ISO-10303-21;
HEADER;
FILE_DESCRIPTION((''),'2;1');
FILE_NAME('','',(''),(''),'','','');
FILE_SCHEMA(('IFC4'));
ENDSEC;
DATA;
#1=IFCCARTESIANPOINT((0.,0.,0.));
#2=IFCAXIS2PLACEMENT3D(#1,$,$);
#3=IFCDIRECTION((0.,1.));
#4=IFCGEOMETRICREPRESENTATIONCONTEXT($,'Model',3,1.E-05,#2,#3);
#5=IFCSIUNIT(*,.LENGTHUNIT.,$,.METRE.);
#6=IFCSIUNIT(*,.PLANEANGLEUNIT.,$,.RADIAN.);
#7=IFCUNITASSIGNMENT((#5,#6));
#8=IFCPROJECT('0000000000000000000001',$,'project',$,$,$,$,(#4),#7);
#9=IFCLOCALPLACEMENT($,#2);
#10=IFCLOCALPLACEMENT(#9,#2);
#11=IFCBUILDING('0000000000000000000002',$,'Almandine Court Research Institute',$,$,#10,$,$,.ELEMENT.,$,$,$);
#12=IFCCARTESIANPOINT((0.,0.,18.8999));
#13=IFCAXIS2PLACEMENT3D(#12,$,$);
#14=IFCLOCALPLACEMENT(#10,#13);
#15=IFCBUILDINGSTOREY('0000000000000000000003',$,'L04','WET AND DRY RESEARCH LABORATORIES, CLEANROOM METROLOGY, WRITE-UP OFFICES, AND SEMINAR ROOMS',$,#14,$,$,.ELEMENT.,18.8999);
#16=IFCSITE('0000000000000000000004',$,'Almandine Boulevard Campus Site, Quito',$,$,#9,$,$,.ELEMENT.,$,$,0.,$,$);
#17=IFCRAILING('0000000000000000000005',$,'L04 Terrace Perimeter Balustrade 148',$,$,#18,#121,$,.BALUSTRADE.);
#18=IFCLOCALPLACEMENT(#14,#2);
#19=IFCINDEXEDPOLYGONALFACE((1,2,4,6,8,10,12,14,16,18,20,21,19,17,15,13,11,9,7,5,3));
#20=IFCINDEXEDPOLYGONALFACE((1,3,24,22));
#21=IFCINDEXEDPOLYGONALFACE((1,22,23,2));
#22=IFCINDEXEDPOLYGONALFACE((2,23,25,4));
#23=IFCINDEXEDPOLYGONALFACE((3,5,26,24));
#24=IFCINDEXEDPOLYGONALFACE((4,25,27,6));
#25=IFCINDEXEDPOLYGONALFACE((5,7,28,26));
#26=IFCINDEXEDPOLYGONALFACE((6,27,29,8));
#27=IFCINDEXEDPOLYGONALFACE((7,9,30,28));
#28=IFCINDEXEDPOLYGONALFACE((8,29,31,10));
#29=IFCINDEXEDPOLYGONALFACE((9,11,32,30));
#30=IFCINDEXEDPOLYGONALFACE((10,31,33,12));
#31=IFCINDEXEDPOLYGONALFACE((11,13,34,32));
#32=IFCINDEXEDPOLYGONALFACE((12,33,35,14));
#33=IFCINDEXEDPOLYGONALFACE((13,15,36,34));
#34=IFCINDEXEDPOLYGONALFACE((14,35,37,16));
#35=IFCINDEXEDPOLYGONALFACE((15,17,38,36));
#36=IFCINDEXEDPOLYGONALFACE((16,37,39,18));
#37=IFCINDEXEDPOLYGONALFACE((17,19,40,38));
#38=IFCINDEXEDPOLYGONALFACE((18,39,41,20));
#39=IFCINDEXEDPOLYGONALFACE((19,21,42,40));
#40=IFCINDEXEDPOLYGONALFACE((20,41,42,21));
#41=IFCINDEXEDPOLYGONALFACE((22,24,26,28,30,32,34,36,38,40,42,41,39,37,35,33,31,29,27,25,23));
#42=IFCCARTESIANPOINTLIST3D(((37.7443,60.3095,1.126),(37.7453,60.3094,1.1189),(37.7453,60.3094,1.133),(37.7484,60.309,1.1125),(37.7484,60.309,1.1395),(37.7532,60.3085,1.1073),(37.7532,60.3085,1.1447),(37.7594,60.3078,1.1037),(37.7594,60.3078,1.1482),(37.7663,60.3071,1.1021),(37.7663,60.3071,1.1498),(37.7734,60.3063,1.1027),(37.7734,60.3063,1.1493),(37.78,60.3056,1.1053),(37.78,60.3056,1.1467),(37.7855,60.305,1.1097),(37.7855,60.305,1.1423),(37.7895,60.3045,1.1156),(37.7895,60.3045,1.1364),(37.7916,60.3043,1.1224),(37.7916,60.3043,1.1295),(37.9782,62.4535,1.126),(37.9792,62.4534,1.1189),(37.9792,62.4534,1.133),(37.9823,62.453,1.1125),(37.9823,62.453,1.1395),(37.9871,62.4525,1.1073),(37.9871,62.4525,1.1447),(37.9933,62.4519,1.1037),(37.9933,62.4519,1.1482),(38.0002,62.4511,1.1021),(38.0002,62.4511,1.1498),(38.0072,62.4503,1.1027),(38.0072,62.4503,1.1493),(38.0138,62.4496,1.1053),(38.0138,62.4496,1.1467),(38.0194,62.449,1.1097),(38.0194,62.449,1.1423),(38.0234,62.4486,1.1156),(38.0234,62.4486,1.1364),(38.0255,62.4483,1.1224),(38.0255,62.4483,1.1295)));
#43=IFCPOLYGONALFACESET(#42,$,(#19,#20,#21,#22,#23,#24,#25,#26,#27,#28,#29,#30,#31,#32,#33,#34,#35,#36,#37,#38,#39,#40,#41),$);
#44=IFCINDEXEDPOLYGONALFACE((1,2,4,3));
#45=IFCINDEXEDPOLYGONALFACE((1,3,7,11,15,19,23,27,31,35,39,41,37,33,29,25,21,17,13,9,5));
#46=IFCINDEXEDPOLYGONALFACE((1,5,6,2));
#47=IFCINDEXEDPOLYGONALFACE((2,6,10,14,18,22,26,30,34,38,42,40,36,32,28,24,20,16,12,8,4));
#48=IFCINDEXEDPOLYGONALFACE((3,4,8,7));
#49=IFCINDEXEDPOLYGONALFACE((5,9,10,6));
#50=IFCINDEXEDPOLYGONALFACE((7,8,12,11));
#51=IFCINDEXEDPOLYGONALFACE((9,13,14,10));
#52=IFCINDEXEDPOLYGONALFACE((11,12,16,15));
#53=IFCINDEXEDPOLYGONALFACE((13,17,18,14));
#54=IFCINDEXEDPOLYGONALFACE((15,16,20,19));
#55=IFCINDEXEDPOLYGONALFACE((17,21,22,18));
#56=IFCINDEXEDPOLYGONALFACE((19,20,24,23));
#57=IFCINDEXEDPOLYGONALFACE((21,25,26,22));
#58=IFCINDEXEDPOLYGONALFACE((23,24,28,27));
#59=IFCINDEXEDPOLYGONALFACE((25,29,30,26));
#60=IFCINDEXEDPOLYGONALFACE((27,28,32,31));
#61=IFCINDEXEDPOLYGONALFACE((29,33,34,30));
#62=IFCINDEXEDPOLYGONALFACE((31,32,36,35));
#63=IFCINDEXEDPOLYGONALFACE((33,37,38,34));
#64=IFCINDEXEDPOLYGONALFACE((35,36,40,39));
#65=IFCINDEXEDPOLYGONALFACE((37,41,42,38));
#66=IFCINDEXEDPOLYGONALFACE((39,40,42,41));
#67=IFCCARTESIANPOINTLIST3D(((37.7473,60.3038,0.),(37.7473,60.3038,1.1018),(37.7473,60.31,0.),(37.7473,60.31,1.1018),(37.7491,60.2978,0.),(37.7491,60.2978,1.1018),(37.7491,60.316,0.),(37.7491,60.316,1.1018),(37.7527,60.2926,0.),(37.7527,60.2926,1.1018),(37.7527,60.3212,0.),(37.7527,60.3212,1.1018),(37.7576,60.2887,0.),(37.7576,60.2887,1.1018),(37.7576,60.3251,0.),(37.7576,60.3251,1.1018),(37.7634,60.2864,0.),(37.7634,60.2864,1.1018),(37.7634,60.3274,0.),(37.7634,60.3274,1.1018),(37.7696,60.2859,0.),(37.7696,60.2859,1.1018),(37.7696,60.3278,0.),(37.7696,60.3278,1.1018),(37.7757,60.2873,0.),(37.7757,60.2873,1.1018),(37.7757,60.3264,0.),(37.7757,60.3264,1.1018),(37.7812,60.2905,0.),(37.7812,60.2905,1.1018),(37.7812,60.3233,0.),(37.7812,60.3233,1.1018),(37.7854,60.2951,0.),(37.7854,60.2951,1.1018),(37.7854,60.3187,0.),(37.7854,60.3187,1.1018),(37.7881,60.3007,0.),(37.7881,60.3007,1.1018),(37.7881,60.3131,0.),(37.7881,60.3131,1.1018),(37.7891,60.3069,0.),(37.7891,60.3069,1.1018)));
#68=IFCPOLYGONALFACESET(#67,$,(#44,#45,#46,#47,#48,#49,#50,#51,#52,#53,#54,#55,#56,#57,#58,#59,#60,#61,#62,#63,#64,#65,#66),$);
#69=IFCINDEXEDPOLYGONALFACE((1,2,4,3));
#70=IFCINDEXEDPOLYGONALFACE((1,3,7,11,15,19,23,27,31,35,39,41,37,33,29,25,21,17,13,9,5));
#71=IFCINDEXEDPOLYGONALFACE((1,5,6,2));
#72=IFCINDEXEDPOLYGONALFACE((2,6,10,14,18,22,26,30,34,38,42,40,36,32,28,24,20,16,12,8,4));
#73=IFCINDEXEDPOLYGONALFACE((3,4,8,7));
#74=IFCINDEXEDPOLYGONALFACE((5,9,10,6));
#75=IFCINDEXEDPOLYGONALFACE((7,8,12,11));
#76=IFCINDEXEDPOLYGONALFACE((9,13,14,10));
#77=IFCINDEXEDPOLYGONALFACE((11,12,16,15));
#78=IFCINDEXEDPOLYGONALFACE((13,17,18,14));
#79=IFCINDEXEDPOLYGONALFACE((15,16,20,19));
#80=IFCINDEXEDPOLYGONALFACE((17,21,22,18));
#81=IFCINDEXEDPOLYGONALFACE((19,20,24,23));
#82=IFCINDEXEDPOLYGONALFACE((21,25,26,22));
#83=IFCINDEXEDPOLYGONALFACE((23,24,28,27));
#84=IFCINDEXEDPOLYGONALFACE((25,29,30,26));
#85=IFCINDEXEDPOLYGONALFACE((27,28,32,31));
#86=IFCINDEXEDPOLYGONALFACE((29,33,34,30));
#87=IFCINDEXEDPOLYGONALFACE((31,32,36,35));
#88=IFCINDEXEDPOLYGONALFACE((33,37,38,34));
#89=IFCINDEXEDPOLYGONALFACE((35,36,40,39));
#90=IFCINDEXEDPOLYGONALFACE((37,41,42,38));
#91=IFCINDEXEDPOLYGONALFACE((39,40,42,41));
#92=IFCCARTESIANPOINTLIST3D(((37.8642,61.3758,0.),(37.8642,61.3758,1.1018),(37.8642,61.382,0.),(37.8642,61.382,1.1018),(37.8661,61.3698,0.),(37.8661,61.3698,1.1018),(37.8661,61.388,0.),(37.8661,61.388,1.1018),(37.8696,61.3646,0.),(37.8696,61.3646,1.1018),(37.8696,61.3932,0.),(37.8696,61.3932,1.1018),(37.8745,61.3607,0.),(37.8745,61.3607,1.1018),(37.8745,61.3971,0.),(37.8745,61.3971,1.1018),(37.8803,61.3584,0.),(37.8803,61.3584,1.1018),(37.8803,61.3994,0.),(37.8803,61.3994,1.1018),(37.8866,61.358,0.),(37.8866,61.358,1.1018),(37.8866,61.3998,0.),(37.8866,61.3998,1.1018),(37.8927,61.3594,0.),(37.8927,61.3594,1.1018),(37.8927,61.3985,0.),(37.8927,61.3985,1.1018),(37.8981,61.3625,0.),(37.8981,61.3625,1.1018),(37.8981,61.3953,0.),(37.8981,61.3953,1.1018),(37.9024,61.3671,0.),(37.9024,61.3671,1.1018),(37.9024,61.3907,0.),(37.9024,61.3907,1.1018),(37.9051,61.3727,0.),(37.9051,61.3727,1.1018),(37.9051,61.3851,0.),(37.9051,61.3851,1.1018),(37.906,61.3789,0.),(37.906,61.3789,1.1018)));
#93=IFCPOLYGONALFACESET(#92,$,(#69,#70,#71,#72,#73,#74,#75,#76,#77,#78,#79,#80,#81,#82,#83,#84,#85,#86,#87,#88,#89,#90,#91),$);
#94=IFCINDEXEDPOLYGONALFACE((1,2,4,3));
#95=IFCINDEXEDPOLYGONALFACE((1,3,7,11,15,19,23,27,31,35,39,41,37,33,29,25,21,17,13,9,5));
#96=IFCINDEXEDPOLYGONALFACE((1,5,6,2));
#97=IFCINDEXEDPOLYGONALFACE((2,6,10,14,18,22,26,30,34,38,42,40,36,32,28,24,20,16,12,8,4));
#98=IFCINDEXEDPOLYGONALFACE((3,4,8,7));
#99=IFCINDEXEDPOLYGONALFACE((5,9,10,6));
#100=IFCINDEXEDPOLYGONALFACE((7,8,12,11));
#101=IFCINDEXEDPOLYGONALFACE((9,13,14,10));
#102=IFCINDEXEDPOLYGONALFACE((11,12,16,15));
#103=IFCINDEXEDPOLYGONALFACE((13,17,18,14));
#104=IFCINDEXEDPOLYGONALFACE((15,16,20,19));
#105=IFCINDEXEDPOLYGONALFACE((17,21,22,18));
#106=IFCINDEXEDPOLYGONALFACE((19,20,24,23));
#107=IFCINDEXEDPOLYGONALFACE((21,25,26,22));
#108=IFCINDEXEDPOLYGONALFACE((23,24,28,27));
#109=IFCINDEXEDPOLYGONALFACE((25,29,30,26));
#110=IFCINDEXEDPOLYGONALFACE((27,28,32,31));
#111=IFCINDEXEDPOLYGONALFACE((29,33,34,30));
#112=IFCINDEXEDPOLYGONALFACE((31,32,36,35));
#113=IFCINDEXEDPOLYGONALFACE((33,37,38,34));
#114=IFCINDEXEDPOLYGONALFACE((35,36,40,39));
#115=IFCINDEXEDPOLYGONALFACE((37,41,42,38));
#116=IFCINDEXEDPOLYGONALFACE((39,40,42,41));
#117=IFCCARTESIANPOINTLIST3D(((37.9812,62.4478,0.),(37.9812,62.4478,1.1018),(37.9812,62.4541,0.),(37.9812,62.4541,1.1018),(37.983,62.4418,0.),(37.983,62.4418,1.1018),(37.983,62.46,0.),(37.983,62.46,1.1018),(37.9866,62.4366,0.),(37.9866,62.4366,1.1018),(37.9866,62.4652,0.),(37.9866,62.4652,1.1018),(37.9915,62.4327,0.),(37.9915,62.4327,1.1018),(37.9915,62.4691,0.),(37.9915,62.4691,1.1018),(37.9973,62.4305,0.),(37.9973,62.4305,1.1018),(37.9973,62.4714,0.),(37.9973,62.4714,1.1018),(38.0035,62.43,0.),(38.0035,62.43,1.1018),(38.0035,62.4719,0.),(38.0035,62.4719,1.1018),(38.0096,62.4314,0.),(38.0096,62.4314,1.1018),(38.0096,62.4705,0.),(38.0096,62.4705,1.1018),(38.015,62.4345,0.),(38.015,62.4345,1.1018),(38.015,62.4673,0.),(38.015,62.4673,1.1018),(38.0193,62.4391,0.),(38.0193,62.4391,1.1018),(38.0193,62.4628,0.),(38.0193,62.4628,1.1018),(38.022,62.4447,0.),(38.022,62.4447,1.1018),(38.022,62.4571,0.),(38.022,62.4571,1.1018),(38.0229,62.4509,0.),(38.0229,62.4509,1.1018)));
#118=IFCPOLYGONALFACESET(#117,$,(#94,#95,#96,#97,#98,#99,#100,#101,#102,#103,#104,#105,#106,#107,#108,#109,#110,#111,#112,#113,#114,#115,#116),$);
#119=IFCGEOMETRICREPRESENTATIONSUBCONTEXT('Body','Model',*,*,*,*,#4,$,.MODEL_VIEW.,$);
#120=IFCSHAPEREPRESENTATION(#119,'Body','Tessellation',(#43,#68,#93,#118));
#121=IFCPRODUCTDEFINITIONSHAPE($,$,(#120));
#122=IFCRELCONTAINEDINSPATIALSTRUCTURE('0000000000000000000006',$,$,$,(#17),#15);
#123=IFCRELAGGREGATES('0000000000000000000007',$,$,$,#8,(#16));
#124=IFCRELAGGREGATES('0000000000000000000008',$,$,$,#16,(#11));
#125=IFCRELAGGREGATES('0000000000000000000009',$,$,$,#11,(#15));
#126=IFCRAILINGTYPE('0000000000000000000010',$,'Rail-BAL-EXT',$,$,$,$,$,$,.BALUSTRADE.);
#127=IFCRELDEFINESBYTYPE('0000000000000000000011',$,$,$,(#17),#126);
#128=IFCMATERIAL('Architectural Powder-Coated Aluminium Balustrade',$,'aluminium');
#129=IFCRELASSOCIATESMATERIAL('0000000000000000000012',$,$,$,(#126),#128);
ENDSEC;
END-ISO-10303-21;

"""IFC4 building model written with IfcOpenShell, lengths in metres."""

from ifc_helpers import new_model, si_unit, direction, frame, origin, origin_2d, place, context, subcontext, project, spatial, circle, extrude, material, type_object, element, save


model = new_model("IFC4")

# Units and contexts
model_context = context("Model", 3, precision=1e-05, world=origin(), true_north=direction((0.0, 1.0)))
body_context = subcontext(model_context, "Body", "Model", "MODEL_VIEW")
ifc_project = project(units=[si_unit("LENGTHUNIT", "METRE"), si_unit("PLANEANGLEUNIT", "RADIAN")], contexts=[model_context])

# Site, building, storey
site_placement = place(None, origin())
site = spatial("IfcSite", under=ifc_project, at=site_placement, Name="Almandine Boulevard Campus Site, Quito", CompositionType="ELEMENT", RefElevation=0.0)
building_placement = place(site_placement, origin())
building = spatial("IfcBuilding", under=site, at=building_placement, Name="Almandine Court Research Institute", CompositionType="ELEMENT")
storey_placement = place(building_placement, frame((0.0, 0.0, 18.8999)))
storey = spatial("IfcBuildingStorey", under=building, at=storey_placement, Name="L04", Description="WET AND DRY RESEARCH LABORATORIES, CLEANROOM METROLOGY, WRITE-UP OFFICES, AND SEMINAR ROOMS", CompositionType="ELEMENT", Elevation=18.8999)

# Railing
ifc_material_1 = material(Name="Architectural Powder-Coated Aluminium Balustrade", Category="aluminium")
railing_type = type_object("IfcRailingType", Name="Rail-BAL-EXT", PredefinedType="BALUSTRADE", material=ifc_material_1)
railing_1_placement = place(storey_placement, frame((37.7681, 60.3069, 0.0)))
element("IfcRailing", 1, at=railing_1_placement, inside=storey, type_object=railing_type, Name="L04 Terrace Perimeter Balustrade 148", PredefinedType="BALUSTRADE", context=body_context, shape_type="SweptSolid", body=[
    extrude(circle(Radius=0.0239, at=origin_2d()), frame((0.0, 0.0, 1.126), z_axis=(0.108443, 0.994103, 0.0), x_axis=(-0.994103, 0.108443, 0.0)), (0.0, 0.0, 1.0), 2.1567),
    extrude(circle(Radius=0.021, at=origin_2d()), origin(), (0.0, 0.0, 1.0), 1.1018),
    extrude(circle(Radius=0.021, at=origin_2d()), frame((0.1169, 1.072, 0.0)), (0.0, 0.0, 1.0), 1.1018),
    extrude(circle(Radius=0.021, at=origin_2d()), frame((0.2339, 2.144, 0.0)), (0.0, 0.0, 1.0), 1.1018),
])

save(model, "model.ifc")
